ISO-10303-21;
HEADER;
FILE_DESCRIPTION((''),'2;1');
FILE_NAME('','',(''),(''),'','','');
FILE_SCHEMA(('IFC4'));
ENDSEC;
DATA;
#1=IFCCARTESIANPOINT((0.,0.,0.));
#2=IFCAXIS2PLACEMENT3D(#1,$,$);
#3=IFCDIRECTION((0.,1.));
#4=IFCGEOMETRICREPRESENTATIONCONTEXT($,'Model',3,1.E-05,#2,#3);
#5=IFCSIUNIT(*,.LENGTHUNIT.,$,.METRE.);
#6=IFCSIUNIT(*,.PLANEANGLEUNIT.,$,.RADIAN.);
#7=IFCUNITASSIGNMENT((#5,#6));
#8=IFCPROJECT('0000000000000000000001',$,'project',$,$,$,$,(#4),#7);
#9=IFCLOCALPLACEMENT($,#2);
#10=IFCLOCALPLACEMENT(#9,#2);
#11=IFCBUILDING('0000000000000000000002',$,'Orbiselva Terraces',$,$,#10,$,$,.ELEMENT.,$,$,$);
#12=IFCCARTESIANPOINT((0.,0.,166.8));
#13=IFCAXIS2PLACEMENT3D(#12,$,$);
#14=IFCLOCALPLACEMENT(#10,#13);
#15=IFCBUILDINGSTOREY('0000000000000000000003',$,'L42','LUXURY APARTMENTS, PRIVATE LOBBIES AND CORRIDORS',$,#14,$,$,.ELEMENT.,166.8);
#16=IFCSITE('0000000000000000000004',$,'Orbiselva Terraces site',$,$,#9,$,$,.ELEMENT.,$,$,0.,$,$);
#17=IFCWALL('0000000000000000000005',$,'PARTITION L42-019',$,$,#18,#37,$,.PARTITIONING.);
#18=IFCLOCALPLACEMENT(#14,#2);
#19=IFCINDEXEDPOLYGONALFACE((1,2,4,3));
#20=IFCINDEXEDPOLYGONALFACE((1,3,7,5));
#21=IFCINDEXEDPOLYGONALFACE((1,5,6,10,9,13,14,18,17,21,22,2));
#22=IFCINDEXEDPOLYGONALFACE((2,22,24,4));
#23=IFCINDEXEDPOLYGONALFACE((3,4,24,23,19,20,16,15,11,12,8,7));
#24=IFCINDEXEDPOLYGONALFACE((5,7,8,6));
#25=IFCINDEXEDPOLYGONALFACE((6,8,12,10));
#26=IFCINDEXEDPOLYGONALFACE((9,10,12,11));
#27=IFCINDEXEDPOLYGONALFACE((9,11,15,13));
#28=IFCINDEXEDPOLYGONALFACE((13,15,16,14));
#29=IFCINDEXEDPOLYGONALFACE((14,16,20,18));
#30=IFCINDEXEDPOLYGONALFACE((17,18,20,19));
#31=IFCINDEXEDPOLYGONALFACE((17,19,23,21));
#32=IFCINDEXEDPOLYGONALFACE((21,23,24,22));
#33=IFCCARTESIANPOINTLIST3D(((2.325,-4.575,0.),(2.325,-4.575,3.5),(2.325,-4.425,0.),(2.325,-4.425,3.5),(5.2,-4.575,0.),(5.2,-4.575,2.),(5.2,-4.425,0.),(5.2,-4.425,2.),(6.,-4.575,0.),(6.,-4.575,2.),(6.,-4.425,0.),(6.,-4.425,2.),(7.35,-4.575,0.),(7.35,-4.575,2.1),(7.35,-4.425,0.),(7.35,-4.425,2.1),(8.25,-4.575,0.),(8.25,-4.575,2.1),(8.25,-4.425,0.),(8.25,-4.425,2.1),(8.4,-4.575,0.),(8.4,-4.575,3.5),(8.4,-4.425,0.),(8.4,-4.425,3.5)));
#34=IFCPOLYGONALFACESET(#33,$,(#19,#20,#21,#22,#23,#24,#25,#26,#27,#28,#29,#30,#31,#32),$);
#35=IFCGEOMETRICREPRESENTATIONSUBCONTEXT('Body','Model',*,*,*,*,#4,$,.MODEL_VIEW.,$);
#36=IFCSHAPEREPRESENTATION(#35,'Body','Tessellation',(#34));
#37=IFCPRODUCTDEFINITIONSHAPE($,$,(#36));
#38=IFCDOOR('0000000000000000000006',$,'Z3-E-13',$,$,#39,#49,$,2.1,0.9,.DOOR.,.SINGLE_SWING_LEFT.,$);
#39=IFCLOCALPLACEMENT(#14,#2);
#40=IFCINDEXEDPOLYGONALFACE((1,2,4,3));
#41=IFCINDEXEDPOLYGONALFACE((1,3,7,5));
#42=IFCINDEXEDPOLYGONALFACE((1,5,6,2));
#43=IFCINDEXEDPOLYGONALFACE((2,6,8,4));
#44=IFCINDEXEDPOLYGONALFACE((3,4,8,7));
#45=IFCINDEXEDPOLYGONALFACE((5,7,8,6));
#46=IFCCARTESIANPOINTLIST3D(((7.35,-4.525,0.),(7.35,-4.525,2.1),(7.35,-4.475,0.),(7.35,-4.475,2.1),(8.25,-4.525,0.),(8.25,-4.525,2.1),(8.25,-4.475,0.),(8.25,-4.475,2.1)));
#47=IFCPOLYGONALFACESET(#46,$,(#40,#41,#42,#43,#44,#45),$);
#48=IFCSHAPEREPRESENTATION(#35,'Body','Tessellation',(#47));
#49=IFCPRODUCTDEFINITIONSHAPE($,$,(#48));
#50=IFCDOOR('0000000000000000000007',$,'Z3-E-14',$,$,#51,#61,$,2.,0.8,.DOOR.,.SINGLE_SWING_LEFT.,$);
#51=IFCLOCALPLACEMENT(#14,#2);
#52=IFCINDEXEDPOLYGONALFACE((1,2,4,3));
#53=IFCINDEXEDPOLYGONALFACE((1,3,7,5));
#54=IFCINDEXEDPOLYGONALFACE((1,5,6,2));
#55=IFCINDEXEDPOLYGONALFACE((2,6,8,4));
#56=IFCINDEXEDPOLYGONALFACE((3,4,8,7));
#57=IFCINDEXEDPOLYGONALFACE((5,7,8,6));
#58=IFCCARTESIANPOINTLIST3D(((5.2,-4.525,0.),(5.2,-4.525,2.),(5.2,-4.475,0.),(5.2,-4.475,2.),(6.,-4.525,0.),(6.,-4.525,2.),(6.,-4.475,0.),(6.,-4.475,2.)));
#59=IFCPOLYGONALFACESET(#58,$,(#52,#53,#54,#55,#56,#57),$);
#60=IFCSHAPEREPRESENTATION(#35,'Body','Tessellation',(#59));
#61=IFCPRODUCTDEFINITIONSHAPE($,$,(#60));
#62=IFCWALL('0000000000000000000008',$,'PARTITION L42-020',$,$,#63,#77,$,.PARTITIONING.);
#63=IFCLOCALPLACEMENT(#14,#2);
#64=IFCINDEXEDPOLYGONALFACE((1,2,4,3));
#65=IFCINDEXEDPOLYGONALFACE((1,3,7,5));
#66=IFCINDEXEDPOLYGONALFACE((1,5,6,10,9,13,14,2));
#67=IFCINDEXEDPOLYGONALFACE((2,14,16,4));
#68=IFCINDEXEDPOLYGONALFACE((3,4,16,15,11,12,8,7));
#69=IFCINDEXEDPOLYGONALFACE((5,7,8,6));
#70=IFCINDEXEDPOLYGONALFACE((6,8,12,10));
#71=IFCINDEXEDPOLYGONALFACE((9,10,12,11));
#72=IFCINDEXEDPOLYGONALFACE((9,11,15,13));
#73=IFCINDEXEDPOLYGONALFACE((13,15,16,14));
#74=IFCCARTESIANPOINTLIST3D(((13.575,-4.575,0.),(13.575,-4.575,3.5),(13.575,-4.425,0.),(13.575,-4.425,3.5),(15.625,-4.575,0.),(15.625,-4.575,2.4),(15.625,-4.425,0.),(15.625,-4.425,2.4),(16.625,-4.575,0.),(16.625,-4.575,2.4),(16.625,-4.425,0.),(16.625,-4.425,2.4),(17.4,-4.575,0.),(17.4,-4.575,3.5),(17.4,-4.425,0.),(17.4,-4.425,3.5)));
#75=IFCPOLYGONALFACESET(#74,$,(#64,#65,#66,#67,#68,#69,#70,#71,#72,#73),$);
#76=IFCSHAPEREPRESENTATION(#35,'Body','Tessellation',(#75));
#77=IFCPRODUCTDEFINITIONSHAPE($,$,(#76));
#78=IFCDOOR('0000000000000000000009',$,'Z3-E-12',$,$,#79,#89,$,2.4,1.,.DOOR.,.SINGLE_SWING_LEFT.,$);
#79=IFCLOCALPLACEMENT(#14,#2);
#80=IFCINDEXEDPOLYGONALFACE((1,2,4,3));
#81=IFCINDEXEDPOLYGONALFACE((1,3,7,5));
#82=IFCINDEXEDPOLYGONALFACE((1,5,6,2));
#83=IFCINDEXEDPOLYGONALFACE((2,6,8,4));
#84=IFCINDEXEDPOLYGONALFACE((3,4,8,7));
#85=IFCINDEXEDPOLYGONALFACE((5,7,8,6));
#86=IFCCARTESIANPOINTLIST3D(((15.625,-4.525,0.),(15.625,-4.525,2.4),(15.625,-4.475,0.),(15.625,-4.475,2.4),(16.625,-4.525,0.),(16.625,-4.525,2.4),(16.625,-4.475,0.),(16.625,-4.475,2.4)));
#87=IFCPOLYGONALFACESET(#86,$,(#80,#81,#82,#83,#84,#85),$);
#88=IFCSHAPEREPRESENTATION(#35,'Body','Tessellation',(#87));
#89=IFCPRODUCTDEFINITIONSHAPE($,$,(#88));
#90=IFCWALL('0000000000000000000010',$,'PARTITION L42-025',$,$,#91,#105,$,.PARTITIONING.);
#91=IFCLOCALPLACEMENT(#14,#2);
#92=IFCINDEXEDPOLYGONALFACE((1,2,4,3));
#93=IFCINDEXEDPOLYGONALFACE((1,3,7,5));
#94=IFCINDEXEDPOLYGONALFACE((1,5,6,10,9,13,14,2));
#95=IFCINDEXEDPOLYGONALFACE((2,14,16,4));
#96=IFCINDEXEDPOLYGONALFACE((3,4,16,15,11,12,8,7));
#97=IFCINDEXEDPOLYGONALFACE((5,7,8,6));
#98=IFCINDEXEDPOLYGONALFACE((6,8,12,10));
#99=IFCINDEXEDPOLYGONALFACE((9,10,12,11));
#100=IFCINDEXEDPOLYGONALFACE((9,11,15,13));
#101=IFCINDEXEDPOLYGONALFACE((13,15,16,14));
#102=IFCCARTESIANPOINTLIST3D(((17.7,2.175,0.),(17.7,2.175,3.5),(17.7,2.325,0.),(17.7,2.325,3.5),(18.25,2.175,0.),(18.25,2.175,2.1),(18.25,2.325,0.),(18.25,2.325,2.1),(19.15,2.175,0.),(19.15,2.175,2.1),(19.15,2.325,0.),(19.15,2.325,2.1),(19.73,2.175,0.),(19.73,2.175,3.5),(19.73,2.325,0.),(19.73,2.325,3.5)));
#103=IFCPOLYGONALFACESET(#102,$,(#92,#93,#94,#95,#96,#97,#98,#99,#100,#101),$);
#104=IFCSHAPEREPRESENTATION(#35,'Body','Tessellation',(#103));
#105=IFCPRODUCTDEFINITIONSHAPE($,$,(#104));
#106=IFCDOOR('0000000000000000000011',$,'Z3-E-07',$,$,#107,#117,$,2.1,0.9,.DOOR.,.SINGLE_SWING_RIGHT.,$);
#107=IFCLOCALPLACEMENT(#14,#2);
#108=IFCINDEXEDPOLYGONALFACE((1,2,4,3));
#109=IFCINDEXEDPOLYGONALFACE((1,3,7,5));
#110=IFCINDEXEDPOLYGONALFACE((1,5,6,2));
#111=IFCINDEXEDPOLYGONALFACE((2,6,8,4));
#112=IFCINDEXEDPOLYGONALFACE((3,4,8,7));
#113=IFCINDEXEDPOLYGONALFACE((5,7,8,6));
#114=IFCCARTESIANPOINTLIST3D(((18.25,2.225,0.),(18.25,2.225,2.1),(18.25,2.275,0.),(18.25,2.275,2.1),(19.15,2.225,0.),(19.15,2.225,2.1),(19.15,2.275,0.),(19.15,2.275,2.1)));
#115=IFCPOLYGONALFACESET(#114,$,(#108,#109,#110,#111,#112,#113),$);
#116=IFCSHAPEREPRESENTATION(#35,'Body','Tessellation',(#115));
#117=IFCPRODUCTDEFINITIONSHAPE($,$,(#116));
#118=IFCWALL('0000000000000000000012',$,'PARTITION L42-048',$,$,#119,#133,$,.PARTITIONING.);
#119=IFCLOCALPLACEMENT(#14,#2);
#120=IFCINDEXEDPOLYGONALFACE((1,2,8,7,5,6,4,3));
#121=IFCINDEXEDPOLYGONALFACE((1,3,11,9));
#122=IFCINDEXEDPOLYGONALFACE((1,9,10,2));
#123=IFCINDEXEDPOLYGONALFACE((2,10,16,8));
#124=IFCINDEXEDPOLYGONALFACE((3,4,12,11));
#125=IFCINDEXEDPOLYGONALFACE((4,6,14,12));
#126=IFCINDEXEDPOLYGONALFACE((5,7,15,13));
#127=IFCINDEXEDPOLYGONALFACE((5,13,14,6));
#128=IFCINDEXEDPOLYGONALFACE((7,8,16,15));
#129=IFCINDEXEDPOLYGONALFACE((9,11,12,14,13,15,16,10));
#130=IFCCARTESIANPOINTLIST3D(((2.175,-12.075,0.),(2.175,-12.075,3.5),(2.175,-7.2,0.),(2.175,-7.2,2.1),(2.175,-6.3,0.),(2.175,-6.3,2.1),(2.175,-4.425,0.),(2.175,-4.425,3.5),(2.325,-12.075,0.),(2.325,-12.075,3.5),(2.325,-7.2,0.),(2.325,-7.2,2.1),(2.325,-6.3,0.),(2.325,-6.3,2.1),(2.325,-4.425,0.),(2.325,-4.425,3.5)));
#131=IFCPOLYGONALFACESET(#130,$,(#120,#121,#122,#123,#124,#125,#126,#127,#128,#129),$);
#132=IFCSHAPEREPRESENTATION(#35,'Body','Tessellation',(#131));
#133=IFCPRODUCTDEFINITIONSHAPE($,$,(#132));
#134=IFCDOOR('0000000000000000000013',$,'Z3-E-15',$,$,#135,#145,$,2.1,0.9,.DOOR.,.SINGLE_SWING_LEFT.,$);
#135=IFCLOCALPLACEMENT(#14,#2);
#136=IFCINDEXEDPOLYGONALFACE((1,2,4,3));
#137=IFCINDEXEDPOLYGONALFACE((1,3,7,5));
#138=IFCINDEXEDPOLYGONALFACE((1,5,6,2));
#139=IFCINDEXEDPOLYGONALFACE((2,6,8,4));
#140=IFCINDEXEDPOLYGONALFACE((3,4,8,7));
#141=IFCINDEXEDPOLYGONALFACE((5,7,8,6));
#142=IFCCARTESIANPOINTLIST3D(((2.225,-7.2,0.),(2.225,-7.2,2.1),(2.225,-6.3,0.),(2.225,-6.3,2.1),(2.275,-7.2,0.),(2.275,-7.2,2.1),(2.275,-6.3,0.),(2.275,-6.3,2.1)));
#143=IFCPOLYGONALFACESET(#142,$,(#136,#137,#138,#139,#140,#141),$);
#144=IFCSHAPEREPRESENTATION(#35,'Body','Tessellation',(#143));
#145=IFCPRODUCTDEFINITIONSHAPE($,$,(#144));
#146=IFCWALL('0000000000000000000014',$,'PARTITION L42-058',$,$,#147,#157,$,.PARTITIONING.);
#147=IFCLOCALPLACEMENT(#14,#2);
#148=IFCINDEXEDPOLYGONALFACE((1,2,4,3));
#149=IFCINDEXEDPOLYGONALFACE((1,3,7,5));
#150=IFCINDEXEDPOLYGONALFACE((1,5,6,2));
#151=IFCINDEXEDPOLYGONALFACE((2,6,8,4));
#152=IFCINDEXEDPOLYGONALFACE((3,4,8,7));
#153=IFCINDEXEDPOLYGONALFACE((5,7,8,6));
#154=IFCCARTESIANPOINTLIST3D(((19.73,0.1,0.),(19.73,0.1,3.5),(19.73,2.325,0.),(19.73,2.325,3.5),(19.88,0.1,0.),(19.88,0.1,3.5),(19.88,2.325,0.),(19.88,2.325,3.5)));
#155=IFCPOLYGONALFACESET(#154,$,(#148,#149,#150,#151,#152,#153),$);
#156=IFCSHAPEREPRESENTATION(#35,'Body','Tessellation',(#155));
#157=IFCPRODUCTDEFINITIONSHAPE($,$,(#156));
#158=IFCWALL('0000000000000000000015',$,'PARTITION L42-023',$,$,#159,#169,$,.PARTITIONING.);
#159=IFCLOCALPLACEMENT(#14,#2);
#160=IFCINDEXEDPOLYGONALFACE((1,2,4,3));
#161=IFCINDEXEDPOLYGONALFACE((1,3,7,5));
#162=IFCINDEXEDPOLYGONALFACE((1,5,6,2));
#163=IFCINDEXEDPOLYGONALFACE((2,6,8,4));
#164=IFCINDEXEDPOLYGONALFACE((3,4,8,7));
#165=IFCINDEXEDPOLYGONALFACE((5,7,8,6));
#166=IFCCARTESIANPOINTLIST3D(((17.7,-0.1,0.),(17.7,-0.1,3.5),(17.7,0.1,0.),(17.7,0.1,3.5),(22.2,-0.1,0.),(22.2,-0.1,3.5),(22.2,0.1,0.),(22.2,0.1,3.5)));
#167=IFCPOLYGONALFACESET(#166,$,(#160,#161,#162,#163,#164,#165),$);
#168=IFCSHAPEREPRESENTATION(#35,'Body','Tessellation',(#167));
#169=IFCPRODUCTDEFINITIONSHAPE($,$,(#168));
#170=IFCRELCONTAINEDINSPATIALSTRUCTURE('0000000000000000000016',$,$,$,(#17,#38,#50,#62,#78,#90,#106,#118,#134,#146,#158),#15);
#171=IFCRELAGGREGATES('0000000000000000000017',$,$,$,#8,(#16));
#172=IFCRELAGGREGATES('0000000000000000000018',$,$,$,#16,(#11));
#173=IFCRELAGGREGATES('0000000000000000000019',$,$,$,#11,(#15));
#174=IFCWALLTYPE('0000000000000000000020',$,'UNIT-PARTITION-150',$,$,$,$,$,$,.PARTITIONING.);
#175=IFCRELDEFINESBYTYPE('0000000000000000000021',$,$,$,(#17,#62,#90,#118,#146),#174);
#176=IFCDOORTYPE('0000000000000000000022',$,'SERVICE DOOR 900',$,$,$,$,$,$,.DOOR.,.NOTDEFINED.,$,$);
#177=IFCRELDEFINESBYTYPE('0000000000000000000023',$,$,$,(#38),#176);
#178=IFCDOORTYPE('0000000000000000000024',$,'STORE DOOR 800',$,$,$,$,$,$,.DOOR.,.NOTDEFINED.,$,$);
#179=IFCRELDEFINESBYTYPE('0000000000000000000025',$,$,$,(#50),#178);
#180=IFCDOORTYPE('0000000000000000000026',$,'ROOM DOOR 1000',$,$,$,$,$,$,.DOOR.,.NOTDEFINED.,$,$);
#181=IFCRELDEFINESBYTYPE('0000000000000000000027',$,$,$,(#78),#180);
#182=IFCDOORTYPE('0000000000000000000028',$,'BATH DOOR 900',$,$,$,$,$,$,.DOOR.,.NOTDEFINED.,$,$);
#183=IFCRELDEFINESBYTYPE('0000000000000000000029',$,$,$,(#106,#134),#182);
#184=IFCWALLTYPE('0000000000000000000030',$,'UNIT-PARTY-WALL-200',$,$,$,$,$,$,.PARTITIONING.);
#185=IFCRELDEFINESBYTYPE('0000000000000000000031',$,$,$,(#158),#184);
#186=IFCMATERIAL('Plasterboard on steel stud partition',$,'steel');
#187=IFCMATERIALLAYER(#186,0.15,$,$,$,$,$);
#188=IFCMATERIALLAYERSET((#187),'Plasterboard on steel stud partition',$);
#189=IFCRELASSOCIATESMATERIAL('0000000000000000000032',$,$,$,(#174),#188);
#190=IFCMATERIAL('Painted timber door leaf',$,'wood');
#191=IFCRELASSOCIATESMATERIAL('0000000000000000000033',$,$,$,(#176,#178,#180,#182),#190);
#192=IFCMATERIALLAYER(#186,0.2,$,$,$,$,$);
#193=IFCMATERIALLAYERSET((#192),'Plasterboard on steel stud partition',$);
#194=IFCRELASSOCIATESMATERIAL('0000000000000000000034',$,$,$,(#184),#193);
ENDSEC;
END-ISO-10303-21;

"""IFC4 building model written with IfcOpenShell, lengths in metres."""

from ifc_helpers import new_model, si_unit, direction, frame, frame_2d, origin, place, context, subcontext, project, spatial, rectangle, extrude, material, layer, layer_set, type_object, element, fill, save


model = new_model("IFC4")

# Units and contexts
model_context = context("Model", 3, precision=1e-05, world=origin(), true_north=direction((0.0, 1.0)))
body_context = subcontext(model_context, "Body", "Model", "MODEL_VIEW")
ifc_project = project(units=[si_unit("LENGTHUNIT", "METRE"), si_unit("PLANEANGLEUNIT", "RADIAN")], contexts=[model_context])

# Site, building, storey
site_placement = place(None, origin())
site = spatial("IfcSite", under=ifc_project, at=site_placement, Name="Orbiselva Terraces site", CompositionType="ELEMENT", RefElevation=0.0)
building_placement = place(site_placement, origin())
building = spatial("IfcBuilding", under=site, at=building_placement, Name="Orbiselva Terraces", CompositionType="ELEMENT")
storey_placement = place(building_placement, frame((0.0, 0.0, 166.8)))
storey = spatial("IfcBuildingStorey", under=building, at=storey_placement, Name="L42", Description="LUXURY APARTMENTS, PRIVATE LOBBIES AND CORRIDORS", CompositionType="ELEMENT", Elevation=166.8)

# Shared definitions
ifc_material_1 = material(Name="Plasterboard on steel stud partition", Category="steel")
ifc_material_2 = material(Name="Painted timber door leaf", Category="wood")

# Wall, openings, doors
ifc_layer_1 = layer(ifc_material_1, 0.15)
ifc_layer_set_1 = layer_set([ifc_layer_1], Name="Plasterboard on steel stud partition")
wall_type_1 = type_object("IfcWallType", Name="UNIT-PARTITION-150", PredefinedType="PARTITIONING", material=ifc_layer_set_1)
wall_1_placement = place(storey_placement, frame((8.4, -4.5, 0.0), z_axis=(0.0, 0.0, 1.0), x_axis=(-1.0, 0.0, 0.0)))
wall_1 = element("IfcWall", 1, at=wall_1_placement, inside=storey, type_object=wall_type_1, Name="PARTITION L42-019", PredefinedType="PARTITIONING", context=body_context, shape_type="SweptSolid", body=[
    extrude(rectangle(XDim=6.075, YDim=0.15, at=frame_2d((3.0375, 0.0))), origin(), (0.0, 0.0, 1.0), 3.5),
])
opening_1_placement = place(wall_1_placement, frame((0.15, 0.0, 0.0)))
opening_1 = element("IfcOpeningElement", 2, at=opening_1_placement, cuts=wall_1, PredefinedType="OPENING", context=body_context, shape_type="SweptSolid", body=[
    extrude(rectangle(XDim=0.9, YDim=2.1, at=frame_2d((0.45, 1.05))), frame((0.0, 0.085, 0.0), z_axis=(0.0, -1.0, 0.0), x_axis=(1.0, 0.0, 0.0)), (0.0, 0.0, 1.0), 0.17),
])
opening_2_placement = place(wall_1_placement, frame((2.4, 0.0, 0.0)))
opening_2 = element("IfcOpeningElement", 3, at=opening_2_placement, cuts=wall_1, PredefinedType="OPENING", context=body_context, shape_type="SweptSolid", body=[
    extrude(rectangle(XDim=0.8, YDim=2.0, at=frame_2d((0.4, 1.0))), frame((0.0, 0.085, 0.0), z_axis=(0.0, -1.0, 0.0), x_axis=(1.0, 0.0, 0.0)), (0.0, 0.0, 1.0), 0.17),
])
door_type_1 = type_object("IfcDoorType", Name="SERVICE DOOR 900", OperationType="NOTDEFINED", PredefinedType="DOOR", material=ifc_material_2)
door_1_placement = place(opening_1_placement, origin())
door_1 = element("IfcDoor", 4, at=door_1_placement, inside=storey, type_object=door_type_1, Name="Z3-E-13", OperationType="SINGLE_SWING_LEFT", OverallHeight=2.1, OverallWidth=0.9, PredefinedType="DOOR", context=body_context, shape_type="SweptSolid", body=[
    extrude(rectangle(XDim=0.9, YDim=2.1, at=frame_2d((0.45, 1.05))), frame((0.0, 0.025, 0.0), z_axis=(0.0, -1.0, 0.0), x_axis=(1.0, 0.0, 0.0)), (0.0, 0.0, 1.0), 0.05),
])
fill(opening_1, door_1)
door_type_2 = type_object("IfcDoorType", Name="STORE DOOR 800", OperationType="NOTDEFINED", PredefinedType="DOOR", material=ifc_material_2)
door_2_placement = place(opening_2_placement, origin())
door_2 = element("IfcDoor", 5, at=door_2_placement, inside=storey, type_object=door_type_2, Name="Z3-E-14", OperationType="SINGLE_SWING_LEFT", OverallHeight=2.0, OverallWidth=0.8, PredefinedType="DOOR", context=body_context, shape_type="SweptSolid", body=[
    extrude(rectangle(XDim=0.8, YDim=2.0, at=frame_2d((0.4, 1.0))), frame((0.0, 0.025, 0.0), z_axis=(0.0, -1.0, 0.0), x_axis=(1.0, 0.0, 0.0)), (0.0, 0.0, 1.0), 0.05),
])
fill(opening_2, door_2)

# Walls, openings, doors
wall_2_placement = place(storey_placement, frame((17.4, -4.5, 0.0), z_axis=(0.0, 0.0, 1.0), x_axis=(-1.0, 0.0, 0.0)))
wall_2 = element("IfcWall", 6, at=wall_2_placement, inside=storey, type_object=wall_type_1, Name="PARTITION L42-020", PredefinedType="PARTITIONING", context=body_context, shape_type="SweptSolid", body=[
    extrude(rectangle(XDim=3.825, YDim=0.15, at=frame_2d((1.9125, 0.0))), origin(), (0.0, 0.0, 1.0), 3.5),
])
opening_3_placement = place(wall_2_placement, frame((0.775, 0.0, 0.0)))
opening_3 = element("IfcOpeningElement", 7, at=opening_3_placement, cuts=wall_2, PredefinedType="OPENING", context=body_context, shape_type="SweptSolid", body=[
    extrude(rectangle(XDim=1.0, YDim=2.4, at=frame_2d((0.5, 1.2))), frame((0.0, 0.085, 0.0), z_axis=(0.0, -1.0, 0.0), x_axis=(1.0, 0.0, 0.0)), (0.0, 0.0, 1.0), 0.17),
])
door_type_3 = type_object("IfcDoorType", Name="ROOM DOOR 1000", OperationType="NOTDEFINED", PredefinedType="DOOR", material=ifc_material_2)
door_3_placement = place(opening_3_placement, origin())
door_3 = element("IfcDoor", 8, at=door_3_placement, inside=storey, type_object=door_type_3, Name="Z3-E-12", OperationType="SINGLE_SWING_LEFT", OverallHeight=2.4, OverallWidth=1.0, PredefinedType="DOOR", context=body_context, shape_type="SweptSolid", body=[
    extrude(rectangle(XDim=1.0, YDim=2.4, at=frame_2d((0.5, 1.2))), frame((0.0, 0.025, 0.0), z_axis=(0.0, -1.0, 0.0), x_axis=(1.0, 0.0, 0.0)), (0.0, 0.0, 1.0), 0.05),
])
fill(opening_3, door_3)
wall_3_placement = place(storey_placement, frame((19.73, 2.25, 0.0), z_axis=(0.0, 0.0, 1.0), x_axis=(-1.0, 0.0, 0.0)))
wall_3 = element("IfcWall", 9, at=wall_3_placement, inside=storey, type_object=wall_type_1, Name="PARTITION L42-025", PredefinedType="PARTITIONING", context=body_context, shape_type="SweptSolid", body=[
    extrude(rectangle(XDim=2.03, YDim=0.15, at=frame_2d((1.015, 0.0))), origin(), (0.0, 0.0, 1.0), 3.5),
])
opening_4_placement = place(wall_3_placement, frame((0.58, 0.0, 0.0)))
opening_4 = element("IfcOpeningElement", 10, at=opening_4_placement, cuts=wall_3, PredefinedType="OPENING", context=body_context, shape_type="SweptSolid", body=[
    extrude(rectangle(XDim=0.9, YDim=2.1, at=frame_2d((0.45, 1.05))), frame((0.0, 0.085, 0.0), z_axis=(0.0, -1.0, 0.0), x_axis=(1.0, 0.0, 0.0)), (0.0, 0.0, 1.0), 0.17),
])
door_type_4 = type_object("IfcDoorType", Name="BATH DOOR 900", OperationType="NOTDEFINED", PredefinedType="DOOR", material=ifc_material_2)
door_4_placement = place(opening_4_placement, origin())
door_4 = element("IfcDoor", 11, at=door_4_placement, inside=storey, type_object=door_type_4, Name="Z3-E-07", OperationType="SINGLE_SWING_RIGHT", OverallHeight=2.1, OverallWidth=0.9, PredefinedType="DOOR", context=body_context, shape_type="SweptSolid", body=[
    extrude(rectangle(XDim=0.9, YDim=2.1, at=frame_2d((0.45, 1.05))), frame((0.0, 0.025, 0.0), z_axis=(0.0, -1.0, 0.0), x_axis=(1.0, 0.0, 0.0)), (0.0, 0.0, 1.0), 0.05),
])
fill(opening_4, door_4)
wall_4_placement = place(storey_placement, frame((2.25, -4.425, 0.0), z_axis=(0.0, 0.0, 1.0), x_axis=(0.0, -1.0, 0.0)))
wall_4 = element("IfcWall", 12, at=wall_4_placement, inside=storey, type_object=wall_type_1, Name="PARTITION L42-048", PredefinedType="PARTITIONING", context=body_context, shape_type="SweptSolid", body=[
    extrude(rectangle(XDim=7.65, YDim=0.15, at=frame_2d((3.825, 0.0))), origin(), (0.0, 0.0, 1.0), 3.5),
])
opening_5_placement = place(wall_4_placement, frame((1.875, 0.0, 0.0)))
opening_5 = element("IfcOpeningElement", 13, at=opening_5_placement, cuts=wall_4, PredefinedType="OPENING", context=body_context, shape_type="SweptSolid", body=[
    extrude(rectangle(XDim=0.9, YDim=2.1, at=frame_2d((0.45, 1.05))), frame((0.0, 0.085, 0.0), z_axis=(0.0, -1.0, 0.0), x_axis=(1.0, 0.0, 0.0)), (0.0, 0.0, 1.0), 0.17),
])
door_5_placement = place(opening_5_placement, origin())
door_5 = element("IfcDoor", 14, at=door_5_placement, inside=storey, type_object=door_type_4, Name="Z3-E-15", OperationType="SINGLE_SWING_LEFT", OverallHeight=2.1, OverallWidth=0.9, PredefinedType="DOOR", context=body_context, shape_type="SweptSolid", body=[
    extrude(rectangle(XDim=0.9, YDim=2.1, at=frame_2d((0.45, 1.05))), frame((0.0, 0.025, 0.0), z_axis=(0.0, -1.0, 0.0), x_axis=(1.0, 0.0, 0.0)), (0.0, 0.0, 1.0), 0.05),
])
fill(opening_5, door_5)

# Walls
wall_5_placement = place(storey_placement, frame((19.805, 0.1, 0.0), z_axis=(0.0, 0.0, 1.0), x_axis=(0.0, 1.0, 0.0)))
element("IfcWall", 15, at=wall_5_placement, inside=storey, type_object=wall_type_1, Name="PARTITION L42-058", PredefinedType="PARTITIONING", context=body_context, shape_type="SweptSolid", body=[
    extrude(rectangle(XDim=2.225, YDim=0.15, at=frame_2d((1.1125, 0.0))), origin(), (0.0, 0.0, 1.0), 3.5),
])
ifc_layer_2 = layer(ifc_material_1, 0.2)
ifc_layer_set_2 = layer_set([ifc_layer_2], Name="Plasterboard on steel stud partition")
wall_type_2 = type_object("IfcWallType", Name="UNIT-PARTY-WALL-200", PredefinedType="PARTITIONING", material=ifc_layer_set_2)
wall_6_placement = place(storey_placement, frame((17.7, 0.0, 0.0), z_axis=(0.0, 0.0, 1.0), x_axis=(1.0, 0.0, 0.0)))
element("IfcWall", 16, at=wall_6_placement, inside=storey, type_object=wall_type_2, Name="PARTITION L42-023", PredefinedType="PARTITIONING", context=body_context, shape_type="SweptSolid", body=[
    extrude(rectangle(XDim=4.5, YDim=0.2, at=frame_2d((2.25, 0.0))), origin(), (0.0, 0.0, 1.0), 3.5),
])

save(model, "model.ifc")
